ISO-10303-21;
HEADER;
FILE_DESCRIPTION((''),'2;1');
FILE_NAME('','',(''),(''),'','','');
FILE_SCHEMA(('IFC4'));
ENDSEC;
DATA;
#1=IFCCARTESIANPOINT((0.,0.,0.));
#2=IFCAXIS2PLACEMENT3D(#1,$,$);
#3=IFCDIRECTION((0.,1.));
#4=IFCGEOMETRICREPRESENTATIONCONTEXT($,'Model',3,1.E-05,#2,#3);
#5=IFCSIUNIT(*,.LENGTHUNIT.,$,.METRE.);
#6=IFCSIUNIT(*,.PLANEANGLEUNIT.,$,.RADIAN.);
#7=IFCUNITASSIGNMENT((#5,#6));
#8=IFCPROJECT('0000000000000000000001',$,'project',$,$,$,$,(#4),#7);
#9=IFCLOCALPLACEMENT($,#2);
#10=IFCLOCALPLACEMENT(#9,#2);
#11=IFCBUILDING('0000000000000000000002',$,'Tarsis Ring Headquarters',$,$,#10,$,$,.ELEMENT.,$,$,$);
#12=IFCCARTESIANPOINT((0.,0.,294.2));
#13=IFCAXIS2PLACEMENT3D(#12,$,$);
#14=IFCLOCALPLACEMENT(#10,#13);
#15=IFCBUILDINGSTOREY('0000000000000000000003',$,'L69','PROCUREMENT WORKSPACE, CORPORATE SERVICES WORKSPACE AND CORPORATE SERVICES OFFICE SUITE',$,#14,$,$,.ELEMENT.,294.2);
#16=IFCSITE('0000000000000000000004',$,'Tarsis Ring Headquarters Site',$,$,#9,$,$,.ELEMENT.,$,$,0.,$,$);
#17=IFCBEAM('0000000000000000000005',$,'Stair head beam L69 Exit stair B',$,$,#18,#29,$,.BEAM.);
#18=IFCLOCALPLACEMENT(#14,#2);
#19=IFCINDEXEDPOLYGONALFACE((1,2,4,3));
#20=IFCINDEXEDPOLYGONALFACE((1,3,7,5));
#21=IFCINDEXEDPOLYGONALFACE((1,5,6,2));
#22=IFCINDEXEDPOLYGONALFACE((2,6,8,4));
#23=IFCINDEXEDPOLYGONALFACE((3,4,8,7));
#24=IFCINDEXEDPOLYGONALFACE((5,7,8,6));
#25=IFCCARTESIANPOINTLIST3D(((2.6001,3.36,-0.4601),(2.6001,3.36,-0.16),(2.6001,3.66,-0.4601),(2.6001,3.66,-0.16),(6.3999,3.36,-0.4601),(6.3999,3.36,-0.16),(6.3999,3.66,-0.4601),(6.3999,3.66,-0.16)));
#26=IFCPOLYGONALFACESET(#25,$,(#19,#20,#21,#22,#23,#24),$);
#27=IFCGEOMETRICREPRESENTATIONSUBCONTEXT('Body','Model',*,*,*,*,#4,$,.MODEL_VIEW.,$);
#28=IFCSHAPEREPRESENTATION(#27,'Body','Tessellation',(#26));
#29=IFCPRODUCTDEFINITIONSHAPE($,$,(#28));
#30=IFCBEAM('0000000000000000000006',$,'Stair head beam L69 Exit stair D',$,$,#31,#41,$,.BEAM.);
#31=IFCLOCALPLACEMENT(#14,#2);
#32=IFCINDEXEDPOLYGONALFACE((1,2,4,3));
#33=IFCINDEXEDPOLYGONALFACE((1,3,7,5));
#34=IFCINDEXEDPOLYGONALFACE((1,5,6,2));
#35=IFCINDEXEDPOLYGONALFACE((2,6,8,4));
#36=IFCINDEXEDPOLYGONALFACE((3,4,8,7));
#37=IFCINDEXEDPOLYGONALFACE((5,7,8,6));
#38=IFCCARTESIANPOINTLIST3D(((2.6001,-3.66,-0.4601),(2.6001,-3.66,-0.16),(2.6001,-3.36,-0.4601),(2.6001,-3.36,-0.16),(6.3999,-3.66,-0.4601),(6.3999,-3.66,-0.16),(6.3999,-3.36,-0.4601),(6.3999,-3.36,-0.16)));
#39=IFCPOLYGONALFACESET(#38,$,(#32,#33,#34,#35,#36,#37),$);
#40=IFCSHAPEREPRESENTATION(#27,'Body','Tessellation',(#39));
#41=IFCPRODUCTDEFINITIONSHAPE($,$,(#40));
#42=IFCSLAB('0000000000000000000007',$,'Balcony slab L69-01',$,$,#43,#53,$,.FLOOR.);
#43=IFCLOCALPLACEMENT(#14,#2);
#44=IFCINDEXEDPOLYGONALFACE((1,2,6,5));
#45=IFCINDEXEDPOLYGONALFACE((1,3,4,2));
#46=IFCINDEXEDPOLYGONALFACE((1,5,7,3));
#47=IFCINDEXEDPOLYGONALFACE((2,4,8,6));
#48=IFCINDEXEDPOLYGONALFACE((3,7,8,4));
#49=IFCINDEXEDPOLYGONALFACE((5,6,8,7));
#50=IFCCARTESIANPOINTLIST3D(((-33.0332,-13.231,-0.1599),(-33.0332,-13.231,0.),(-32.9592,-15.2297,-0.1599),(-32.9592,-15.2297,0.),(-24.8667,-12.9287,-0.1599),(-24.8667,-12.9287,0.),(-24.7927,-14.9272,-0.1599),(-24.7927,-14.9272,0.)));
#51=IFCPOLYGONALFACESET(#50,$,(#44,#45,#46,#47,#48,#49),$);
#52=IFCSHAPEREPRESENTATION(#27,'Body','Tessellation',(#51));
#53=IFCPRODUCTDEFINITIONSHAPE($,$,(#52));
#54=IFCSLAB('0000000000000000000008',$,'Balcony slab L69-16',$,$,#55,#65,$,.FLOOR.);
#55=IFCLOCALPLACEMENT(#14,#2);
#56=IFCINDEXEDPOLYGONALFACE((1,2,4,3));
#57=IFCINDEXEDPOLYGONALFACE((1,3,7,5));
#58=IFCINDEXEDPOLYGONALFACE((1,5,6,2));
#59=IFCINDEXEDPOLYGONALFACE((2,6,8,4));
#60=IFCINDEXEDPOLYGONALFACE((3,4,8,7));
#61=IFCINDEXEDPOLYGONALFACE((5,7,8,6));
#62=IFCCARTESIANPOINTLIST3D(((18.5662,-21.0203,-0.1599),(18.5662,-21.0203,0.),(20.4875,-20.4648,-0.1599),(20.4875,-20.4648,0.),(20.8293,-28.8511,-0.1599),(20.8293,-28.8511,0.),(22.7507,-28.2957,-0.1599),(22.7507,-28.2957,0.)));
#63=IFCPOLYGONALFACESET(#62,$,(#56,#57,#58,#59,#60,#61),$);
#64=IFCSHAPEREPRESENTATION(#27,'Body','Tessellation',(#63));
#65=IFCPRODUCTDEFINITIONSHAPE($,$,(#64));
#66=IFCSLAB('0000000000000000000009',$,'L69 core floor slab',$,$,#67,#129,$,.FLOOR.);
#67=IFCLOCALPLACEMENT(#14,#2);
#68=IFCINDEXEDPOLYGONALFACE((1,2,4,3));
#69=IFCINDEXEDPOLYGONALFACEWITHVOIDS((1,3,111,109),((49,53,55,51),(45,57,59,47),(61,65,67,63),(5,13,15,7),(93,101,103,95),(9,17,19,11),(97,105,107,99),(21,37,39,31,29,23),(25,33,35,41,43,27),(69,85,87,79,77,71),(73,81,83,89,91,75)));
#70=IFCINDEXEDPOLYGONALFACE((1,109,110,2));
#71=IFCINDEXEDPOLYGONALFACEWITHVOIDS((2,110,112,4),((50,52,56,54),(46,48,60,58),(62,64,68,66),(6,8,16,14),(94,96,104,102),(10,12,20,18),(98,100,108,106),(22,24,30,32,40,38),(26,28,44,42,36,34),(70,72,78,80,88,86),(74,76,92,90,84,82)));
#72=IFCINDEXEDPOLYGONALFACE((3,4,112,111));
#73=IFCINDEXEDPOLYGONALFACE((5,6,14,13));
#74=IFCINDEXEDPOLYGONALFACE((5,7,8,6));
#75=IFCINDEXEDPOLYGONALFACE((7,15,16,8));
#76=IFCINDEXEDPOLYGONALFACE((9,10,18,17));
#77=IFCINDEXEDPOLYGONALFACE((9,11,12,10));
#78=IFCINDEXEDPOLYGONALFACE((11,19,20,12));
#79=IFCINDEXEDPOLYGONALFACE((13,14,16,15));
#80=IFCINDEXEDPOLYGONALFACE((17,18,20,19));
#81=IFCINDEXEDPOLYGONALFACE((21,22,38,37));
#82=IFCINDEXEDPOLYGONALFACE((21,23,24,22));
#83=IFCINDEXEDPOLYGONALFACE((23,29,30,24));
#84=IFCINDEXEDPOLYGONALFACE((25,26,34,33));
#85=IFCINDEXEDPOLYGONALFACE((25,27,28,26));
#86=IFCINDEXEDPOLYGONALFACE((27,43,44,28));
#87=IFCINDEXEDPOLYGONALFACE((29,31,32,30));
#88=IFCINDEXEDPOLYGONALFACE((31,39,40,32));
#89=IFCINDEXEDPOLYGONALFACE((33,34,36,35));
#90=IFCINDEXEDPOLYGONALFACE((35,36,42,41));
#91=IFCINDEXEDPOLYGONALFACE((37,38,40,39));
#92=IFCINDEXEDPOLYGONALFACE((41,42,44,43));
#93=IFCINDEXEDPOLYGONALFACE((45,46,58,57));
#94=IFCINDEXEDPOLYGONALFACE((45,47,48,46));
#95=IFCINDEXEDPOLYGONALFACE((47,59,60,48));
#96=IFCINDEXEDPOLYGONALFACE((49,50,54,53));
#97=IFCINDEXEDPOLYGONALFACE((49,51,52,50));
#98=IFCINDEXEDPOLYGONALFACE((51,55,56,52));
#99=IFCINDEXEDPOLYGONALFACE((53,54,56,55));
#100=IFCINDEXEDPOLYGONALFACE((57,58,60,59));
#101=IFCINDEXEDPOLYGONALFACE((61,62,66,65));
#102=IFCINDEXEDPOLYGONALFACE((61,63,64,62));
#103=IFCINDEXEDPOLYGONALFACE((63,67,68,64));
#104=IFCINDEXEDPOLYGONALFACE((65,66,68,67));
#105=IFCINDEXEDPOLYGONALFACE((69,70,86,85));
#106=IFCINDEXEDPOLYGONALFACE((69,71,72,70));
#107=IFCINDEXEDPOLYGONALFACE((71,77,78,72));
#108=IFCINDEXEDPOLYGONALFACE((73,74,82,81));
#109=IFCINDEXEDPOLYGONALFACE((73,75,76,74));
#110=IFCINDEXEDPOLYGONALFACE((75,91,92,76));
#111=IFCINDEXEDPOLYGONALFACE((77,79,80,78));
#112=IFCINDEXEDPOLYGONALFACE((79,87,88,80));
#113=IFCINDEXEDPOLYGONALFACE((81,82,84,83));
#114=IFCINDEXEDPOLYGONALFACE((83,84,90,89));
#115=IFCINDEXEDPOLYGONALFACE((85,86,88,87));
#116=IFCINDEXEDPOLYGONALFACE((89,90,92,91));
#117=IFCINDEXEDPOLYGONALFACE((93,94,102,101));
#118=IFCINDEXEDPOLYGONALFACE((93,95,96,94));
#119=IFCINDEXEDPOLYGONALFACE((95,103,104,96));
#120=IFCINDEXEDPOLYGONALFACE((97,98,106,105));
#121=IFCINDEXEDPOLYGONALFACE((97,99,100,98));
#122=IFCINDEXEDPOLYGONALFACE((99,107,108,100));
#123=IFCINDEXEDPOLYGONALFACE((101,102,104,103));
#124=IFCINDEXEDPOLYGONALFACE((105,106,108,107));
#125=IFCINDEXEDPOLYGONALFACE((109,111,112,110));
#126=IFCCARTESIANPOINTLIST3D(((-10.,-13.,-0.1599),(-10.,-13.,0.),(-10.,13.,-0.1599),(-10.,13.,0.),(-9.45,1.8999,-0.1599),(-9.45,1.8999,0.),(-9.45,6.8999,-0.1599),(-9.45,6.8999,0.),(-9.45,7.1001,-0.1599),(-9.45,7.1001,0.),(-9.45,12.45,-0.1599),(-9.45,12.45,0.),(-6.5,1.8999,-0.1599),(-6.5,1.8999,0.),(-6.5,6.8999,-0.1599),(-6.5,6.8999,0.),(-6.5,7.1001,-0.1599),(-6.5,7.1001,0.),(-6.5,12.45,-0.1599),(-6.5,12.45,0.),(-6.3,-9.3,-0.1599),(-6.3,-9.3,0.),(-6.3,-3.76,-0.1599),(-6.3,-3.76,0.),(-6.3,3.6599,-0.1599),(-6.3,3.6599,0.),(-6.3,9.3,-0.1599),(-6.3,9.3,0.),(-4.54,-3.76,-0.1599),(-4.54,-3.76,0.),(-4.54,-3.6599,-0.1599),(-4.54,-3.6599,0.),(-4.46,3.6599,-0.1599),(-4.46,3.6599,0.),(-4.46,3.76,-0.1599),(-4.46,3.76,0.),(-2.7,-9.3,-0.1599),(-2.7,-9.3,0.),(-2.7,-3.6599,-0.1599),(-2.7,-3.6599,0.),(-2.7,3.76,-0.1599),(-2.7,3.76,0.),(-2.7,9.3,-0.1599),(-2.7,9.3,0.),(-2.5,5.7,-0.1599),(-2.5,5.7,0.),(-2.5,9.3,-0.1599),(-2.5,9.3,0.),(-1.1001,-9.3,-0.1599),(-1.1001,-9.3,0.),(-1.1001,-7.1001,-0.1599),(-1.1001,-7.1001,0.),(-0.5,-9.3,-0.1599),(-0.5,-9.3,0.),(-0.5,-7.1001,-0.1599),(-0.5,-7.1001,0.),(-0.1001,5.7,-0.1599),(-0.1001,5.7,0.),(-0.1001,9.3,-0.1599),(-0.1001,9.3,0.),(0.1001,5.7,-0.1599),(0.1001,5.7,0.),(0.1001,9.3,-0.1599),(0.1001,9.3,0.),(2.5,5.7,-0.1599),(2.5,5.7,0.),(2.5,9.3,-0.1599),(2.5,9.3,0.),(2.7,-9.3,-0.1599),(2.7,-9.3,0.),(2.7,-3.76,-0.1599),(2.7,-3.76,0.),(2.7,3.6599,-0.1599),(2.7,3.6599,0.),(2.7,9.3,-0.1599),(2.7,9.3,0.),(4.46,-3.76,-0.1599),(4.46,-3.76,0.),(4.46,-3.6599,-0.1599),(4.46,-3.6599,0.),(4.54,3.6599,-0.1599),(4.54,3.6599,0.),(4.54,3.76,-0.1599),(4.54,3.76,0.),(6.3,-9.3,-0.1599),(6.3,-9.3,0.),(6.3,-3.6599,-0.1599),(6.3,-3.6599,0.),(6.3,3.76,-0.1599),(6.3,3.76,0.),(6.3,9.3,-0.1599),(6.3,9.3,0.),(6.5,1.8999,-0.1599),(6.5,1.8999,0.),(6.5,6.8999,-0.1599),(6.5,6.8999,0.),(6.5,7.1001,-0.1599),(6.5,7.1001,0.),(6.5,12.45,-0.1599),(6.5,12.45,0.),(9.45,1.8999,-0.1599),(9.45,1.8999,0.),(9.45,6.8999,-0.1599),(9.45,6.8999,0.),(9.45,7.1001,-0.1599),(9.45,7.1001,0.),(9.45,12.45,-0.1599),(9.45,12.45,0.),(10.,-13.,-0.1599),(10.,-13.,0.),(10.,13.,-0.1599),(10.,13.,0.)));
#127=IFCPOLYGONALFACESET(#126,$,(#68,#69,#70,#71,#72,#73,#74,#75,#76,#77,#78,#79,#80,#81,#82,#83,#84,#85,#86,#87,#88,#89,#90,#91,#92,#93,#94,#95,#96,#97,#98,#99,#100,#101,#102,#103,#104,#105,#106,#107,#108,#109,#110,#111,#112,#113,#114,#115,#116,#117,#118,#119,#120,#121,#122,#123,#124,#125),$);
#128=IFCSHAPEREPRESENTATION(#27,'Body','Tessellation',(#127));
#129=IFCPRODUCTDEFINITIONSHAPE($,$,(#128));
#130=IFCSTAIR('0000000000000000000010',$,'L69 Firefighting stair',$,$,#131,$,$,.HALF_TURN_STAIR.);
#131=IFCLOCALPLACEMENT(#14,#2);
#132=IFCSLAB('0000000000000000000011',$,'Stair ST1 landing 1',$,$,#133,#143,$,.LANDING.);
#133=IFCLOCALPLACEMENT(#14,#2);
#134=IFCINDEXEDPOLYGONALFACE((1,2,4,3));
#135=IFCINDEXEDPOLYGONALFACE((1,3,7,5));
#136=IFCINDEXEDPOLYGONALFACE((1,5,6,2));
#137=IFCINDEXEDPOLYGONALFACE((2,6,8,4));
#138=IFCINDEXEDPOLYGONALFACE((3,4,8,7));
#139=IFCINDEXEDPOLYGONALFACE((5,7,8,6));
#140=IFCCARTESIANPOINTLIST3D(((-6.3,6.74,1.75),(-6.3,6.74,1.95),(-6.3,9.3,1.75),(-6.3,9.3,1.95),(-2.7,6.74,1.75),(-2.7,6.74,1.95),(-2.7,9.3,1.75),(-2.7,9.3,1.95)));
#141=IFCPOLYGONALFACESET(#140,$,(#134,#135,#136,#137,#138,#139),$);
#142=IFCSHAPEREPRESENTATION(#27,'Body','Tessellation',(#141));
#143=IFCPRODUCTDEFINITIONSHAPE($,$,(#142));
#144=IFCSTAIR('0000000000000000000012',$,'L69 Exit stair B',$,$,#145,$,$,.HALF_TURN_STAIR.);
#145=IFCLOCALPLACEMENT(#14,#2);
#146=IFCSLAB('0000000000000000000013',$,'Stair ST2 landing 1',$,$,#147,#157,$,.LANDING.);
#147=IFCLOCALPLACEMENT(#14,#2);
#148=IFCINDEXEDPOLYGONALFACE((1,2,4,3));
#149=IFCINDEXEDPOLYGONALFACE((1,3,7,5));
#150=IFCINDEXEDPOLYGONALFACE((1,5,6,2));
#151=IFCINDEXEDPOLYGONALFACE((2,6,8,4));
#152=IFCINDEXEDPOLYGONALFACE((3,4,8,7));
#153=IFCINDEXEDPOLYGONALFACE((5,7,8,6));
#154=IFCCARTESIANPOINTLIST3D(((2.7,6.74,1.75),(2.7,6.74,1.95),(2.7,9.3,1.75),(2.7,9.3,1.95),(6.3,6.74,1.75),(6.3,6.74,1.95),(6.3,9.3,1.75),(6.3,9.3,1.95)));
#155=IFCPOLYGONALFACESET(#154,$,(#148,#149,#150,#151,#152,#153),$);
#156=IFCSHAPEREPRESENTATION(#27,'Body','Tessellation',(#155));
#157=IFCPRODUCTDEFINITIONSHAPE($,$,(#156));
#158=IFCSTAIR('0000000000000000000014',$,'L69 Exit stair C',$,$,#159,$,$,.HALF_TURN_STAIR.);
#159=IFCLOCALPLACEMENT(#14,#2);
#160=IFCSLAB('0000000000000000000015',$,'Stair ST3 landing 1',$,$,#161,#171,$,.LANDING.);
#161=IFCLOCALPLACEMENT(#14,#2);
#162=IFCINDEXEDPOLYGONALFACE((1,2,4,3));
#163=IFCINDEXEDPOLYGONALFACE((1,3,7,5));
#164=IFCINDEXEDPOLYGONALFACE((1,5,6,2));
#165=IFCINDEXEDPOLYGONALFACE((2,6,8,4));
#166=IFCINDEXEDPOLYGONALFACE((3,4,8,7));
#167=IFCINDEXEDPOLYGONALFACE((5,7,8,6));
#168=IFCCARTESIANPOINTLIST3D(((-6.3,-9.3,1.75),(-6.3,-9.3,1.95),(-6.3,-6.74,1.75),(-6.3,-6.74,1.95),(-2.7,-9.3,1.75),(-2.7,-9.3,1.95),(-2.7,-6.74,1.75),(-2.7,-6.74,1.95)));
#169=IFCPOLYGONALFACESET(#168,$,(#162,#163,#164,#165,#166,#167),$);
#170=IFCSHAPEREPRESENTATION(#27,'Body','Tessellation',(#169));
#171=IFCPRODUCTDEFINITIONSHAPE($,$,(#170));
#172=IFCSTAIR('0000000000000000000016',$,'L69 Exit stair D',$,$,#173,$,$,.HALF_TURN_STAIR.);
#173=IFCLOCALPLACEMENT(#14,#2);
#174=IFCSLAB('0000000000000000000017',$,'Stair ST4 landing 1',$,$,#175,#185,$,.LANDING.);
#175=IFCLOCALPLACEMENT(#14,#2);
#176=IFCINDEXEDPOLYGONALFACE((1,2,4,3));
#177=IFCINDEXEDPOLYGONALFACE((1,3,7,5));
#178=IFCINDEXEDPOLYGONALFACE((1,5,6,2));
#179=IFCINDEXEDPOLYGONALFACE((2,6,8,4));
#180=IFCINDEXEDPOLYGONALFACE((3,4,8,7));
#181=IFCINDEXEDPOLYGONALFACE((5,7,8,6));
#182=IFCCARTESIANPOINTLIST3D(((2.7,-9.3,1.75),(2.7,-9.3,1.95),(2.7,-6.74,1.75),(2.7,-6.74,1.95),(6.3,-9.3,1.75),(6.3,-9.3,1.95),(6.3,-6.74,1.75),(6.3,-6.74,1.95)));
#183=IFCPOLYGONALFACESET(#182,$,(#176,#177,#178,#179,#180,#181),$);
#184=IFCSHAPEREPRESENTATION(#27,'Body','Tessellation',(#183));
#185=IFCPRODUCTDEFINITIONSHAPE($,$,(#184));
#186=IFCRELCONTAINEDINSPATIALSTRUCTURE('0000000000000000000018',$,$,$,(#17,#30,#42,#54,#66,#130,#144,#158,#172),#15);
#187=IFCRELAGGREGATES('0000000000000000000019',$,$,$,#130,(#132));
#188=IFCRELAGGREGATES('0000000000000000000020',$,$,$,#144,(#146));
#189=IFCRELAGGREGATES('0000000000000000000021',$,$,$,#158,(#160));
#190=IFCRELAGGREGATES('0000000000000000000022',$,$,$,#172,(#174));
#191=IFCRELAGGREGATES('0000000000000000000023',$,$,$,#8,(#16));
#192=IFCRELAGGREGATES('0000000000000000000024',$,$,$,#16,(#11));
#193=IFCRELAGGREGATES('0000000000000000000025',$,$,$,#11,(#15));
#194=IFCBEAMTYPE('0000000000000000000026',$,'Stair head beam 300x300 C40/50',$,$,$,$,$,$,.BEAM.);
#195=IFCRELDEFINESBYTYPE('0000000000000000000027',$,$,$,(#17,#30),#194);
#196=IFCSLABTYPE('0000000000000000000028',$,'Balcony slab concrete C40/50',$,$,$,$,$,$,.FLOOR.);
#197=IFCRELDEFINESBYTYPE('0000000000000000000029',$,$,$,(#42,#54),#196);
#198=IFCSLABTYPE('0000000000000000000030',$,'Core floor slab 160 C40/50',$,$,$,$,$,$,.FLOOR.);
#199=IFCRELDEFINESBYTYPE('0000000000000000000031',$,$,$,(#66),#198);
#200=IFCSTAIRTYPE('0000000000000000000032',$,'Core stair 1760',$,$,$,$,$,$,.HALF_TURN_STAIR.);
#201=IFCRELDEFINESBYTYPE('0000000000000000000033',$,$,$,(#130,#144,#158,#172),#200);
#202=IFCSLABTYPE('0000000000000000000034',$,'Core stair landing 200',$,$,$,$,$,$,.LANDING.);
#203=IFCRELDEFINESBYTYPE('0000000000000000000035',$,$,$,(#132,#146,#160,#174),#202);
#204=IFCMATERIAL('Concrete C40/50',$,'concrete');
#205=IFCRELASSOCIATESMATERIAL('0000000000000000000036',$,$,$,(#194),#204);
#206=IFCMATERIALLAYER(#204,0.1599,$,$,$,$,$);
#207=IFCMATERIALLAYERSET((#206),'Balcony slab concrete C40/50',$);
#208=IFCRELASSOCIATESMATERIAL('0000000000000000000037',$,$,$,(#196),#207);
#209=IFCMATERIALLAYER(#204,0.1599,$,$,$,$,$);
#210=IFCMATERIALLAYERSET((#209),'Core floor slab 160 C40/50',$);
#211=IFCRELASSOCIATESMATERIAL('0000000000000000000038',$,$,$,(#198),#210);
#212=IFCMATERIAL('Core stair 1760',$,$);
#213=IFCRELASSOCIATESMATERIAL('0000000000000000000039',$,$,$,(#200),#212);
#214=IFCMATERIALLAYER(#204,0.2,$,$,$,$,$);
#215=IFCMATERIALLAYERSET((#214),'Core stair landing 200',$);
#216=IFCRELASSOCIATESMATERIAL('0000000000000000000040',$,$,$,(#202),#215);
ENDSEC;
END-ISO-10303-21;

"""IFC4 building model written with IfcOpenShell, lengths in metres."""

from ifc_helpers import new_model, si_unit, direction, frame, origin, origin_2d, place, context, subcontext, project, spatial, polyline, rectangle, outline, extrude, material, layer, layer_set, material_profile, profile_set, type_object, element, aggregate, save


model = new_model("IFC4")

# Units and contexts
model_context = context("Model", 3, precision=1e-05, world=origin(), true_north=direction((0.0, 1.0)))
body_context = subcontext(model_context, "Body", "Model", "MODEL_VIEW")
ifc_project = project(units=[si_unit("LENGTHUNIT", "METRE"), si_unit("PLANEANGLEUNIT", "RADIAN")], contexts=[model_context])

# Site, building, storey
site_placement = place(None, origin())
site = spatial("IfcSite", under=ifc_project, at=site_placement, Name="Tarsis Ring Headquarters Site", CompositionType="ELEMENT", RefElevation=0.0)
building_placement = place(site_placement, origin())
building = spatial("IfcBuilding", under=site, at=building_placement, Name="Tarsis Ring Headquarters", CompositionType="ELEMENT")
storey_placement = place(building_placement, frame((0.0, 0.0, 294.2)))
storey = spatial("IfcBuildingStorey", under=building, at=storey_placement, Name="L69", Description="PROCUREMENT WORKSPACE, CORPORATE SERVICES WORKSPACE AND CORPORATE SERVICES OFFICE SUITE", CompositionType="ELEMENT", Elevation=294.2)

# Beams
ifc_material_1 = material(Name="Concrete C40/50", Category="concrete")
ifc_material_profile = material_profile(ifc_material_1, rectangle(XDim=0.3, YDim=0.3, at=origin_2d()), Name="Stair head beam 300x300 C40/50")
ifc_profile_set = profile_set([ifc_material_profile], Name="Concrete C40/50")
beam_type = type_object("IfcBeamType", Name="Stair head beam 300x300 C40/50", PredefinedType="BEAM", material=ifc_profile_set)
for number, where, z_axis, x_axis, name in (
    (1, (2.6001, 3.51, -0.3101), (1.0, 0.0, 0.0), (0.0, 1.0, 0.0), "Stair head beam L69 Exit stair B"),
    (2, (2.6001, -3.51, -0.3101), (1.0, 0.0, 0.0), (0.0, 1.0, 0.0), "Stair head beam L69 Exit stair D"),
):
    element("IfcBeam", number, at=place(storey_placement, frame(where, z_axis=z_axis, x_axis=x_axis)), inside=storey, type_object=beam_type, Name=name, PredefinedType="BEAM", context=body_context, shape_type="SweptSolid", body=[
        extrude(rectangle(XDim=0.3, YDim=0.3, at=origin_2d()), origin(), (0.0, 0.0, 1.0), 3.7998),
    ])

# Slabs
ifc_layer_1 = layer(ifc_material_1, 0.1599)
ifc_layer_set_1 = layer_set([ifc_layer_1], Name="Balcony slab concrete C40/50")
slab_type_1 = type_object("IfcSlabType", Name="Balcony slab concrete C40/50", PredefinedType="FLOOR", material=ifc_layer_set_1)
slab_1_placement = place(storey_placement, frame((0.0, 0.0, -0.1599)))
element("IfcSlab", 3, at=slab_1_placement, inside=storey, type_object=slab_type_1, Name="Balcony slab L69-01", PredefinedType="FLOOR", context=body_context, shape_type="SweptSolid", body=[
    extrude(outline(polyline([(-33.0332, -13.231), (-32.9592, -15.2297), (-24.7927, -14.9272), (-24.8667, -12.9287), (-33.0332, -13.231)])), origin(), (0.0, 0.0, 1.0), 0.1599),
])
slab_2_placement = place(storey_placement, frame((0.0, 0.0, -0.1599)))
element("IfcSlab", 4, at=slab_2_placement, inside=storey, type_object=slab_type_1, Name="Balcony slab L69-16", PredefinedType="FLOOR", context=body_context, shape_type="SweptSolid", body=[
    extrude(outline(polyline([(20.8293, -28.8511), (22.7507, -28.2957), (20.4875, -20.4648), (18.5662, -21.0203), (20.8293, -28.8511)])), origin(), (0.0, 0.0, 1.0), 0.1599),
])
ifc_layer_2 = layer(ifc_material_1, 0.1599)
ifc_layer_set_2 = layer_set([ifc_layer_2], Name="Core floor slab 160 C40/50")
slab_type_2 = type_object("IfcSlabType", Name="Core floor slab 160 C40/50", PredefinedType="FLOOR", material=ifc_layer_set_2)
slab_3_placement = place(storey_placement, frame((0.0, 0.0, -0.1599)))
element("IfcSlab", 5, at=slab_3_placement, inside=storey, type_object=slab_type_2, Name="L69 core floor slab", PredefinedType="FLOOR", context=body_context, shape_type="SweptSolid", body=[
    extrude(outline(polyline([(-10.0, -13.0), (10.0, -13.0), (10.0, 13.0), (-10.0, 13.0), (-10.0, -13.0)]), holes=[polyline([(-2.5, 5.7), (-0.1001, 5.7), (-0.1001, 9.3), (-2.5, 9.3), (-2.5, 5.7)]), polyline([(0.1001, 5.7), (2.5, 5.7), (2.5, 9.3), (0.1001, 9.3), (0.1001, 5.7)]), polyline([(-9.45, 1.8999), (-6.5, 1.8999), (-6.5, 6.8999), (-9.45, 6.8999), (-9.45, 1.8999)]), polyline([(-9.45, 7.1001), (-6.5, 7.1001), (-6.5, 12.45), (-9.45, 12.45), (-9.45, 7.1001)]), polyline([(6.5, 1.8999), (9.45, 1.8999), (9.45, 6.8999), (6.5, 6.8999), (6.5, 1.8999)]), polyline([(6.5, 7.1001), (9.45, 7.1001), (9.45, 12.45), (6.5, 12.45), (6.5, 7.1001)]), polyline([(-1.1001, -9.3), (-0.5, -9.3), (-0.5, -7.1001), (-1.1001, -7.1001), (-1.1001, -9.3)]), polyline([(-2.7, 3.76), (-2.7, 9.3), (-6.3, 9.3), (-6.3, 3.6599), (-4.46, 3.6599), (-4.46, 3.76), (-2.7, 3.76)]), polyline([(6.3, 3.76), (6.3, 9.3), (2.7, 9.3), (2.7, 3.6599), (4.54, 3.6599), (4.54, 3.76), (6.3, 3.76)]), polyline([(-6.3, -3.76), (-6.3, -9.3), (-2.7, -9.3), (-2.7, -3.6599), (-4.54, -3.6599), (-4.54, -3.76), (-6.3, -3.76)]), polyline([(2.7, -3.76), (2.7, -9.3), (6.3, -9.3), (6.3, -3.6599), (4.46, -3.6599), (4.46, -3.76), (2.7, -3.76)])]), origin(), (0.0, 0.0, 1.0), 0.1599),
])

# Stairs, slabs
ifc_material_2 = material(Name="Core stair 1760")
stair_type = type_object("IfcStairType", Name="Core stair 1760", PredefinedType="HALF_TURN_STAIR", material=ifc_material_2)
stair_1_placement = place(storey_placement, origin())
stair_1 = element("IfcStair", 6, at=stair_1_placement, inside=storey, type_object=stair_type, Name="L69 Firefighting stair", PredefinedType="HALF_TURN_STAIR")
ifc_layer_3 = layer(ifc_material_1, 0.2)
ifc_layer_set_3 = layer_set([ifc_layer_3], Name="Core stair landing 200")
slab_type_3 = type_object("IfcSlabType", Name="Core stair landing 200", PredefinedType="LANDING", material=ifc_layer_set_3)
slab_4_placement = place(storey_placement, frame((0.0, 0.0, 1.75)))
slab_4 = element("IfcSlab", 7, at=slab_4_placement, type_object=slab_type_3, Name="Stair ST1 landing 1", PredefinedType="LANDING", context=body_context, shape_type="SweptSolid", body=[
    extrude(outline(polyline([(-2.7, 6.74), (-2.7, 9.3), (-6.3, 9.3), (-6.3, 6.74), (-2.7, 6.74)])), origin(), (0.0, 0.0, 1.0), 0.2),
])
aggregate(stair_1, [slab_4])
stair_2_placement = place(storey_placement, origin())
stair_2 = element("IfcStair", 8, at=stair_2_placement, inside=storey, type_object=stair_type, Name="L69 Exit stair B", PredefinedType="HALF_TURN_STAIR")
slab_5_placement = place(storey_placement, frame((0.0, 0.0, 1.75)))
slab_5 = element("IfcSlab", 9, at=slab_5_placement, type_object=slab_type_3, Name="Stair ST2 landing 1", PredefinedType="LANDING", context=body_context, shape_type="SweptSolid", body=[
    extrude(outline(polyline([(6.3, 6.74), (6.3, 9.3), (2.7, 9.3), (2.7, 6.74), (6.3, 6.74)])), origin(), (0.0, 0.0, 1.0), 0.2),
])
aggregate(stair_2, [slab_5])
stair_3_placement = place(storey_placement, origin())
stair_3 = element("IfcStair", 10, at=stair_3_placement, inside=storey, type_object=stair_type, Name="L69 Exit stair C", PredefinedType="HALF_TURN_STAIR")
slab_6_placement = place(storey_placement, frame((0.0, 0.0, 1.75)))
slab_6 = element("IfcSlab", 11, at=slab_6_placement, type_object=slab_type_3, Name="Stair ST3 landing 1", PredefinedType="LANDING", context=body_context, shape_type="SweptSolid", body=[
    extrude(outline(polyline([(-6.3, -6.74), (-6.3, -9.3), (-2.7, -9.3), (-2.7, -6.74), (-6.3, -6.74)])), origin(), (0.0, 0.0, 1.0), 0.2),
])
aggregate(stair_3, [slab_6])
stair_4_placement = place(storey_placement, origin())
stair_4 = element("IfcStair", 12, at=stair_4_placement, inside=storey, type_object=stair_type, Name="L69 Exit stair D", PredefinedType="HALF_TURN_STAIR")
slab_7_placement = place(storey_placement, frame((0.0, 0.0, 1.75)))
slab_7 = element("IfcSlab", 13, at=slab_7_placement, type_object=slab_type_3, Name="Stair ST4 landing 1", PredefinedType="LANDING", context=body_context, shape_type="SweptSolid", body=[
    extrude(outline(polyline([(2.7, -6.74), (2.7, -9.3), (6.3, -9.3), (6.3, -6.74), (2.7, -6.74)])), origin(), (0.0, 0.0, 1.0), 0.2),
])
aggregate(stair_4, [slab_7])

save(model, "model.ifc")
